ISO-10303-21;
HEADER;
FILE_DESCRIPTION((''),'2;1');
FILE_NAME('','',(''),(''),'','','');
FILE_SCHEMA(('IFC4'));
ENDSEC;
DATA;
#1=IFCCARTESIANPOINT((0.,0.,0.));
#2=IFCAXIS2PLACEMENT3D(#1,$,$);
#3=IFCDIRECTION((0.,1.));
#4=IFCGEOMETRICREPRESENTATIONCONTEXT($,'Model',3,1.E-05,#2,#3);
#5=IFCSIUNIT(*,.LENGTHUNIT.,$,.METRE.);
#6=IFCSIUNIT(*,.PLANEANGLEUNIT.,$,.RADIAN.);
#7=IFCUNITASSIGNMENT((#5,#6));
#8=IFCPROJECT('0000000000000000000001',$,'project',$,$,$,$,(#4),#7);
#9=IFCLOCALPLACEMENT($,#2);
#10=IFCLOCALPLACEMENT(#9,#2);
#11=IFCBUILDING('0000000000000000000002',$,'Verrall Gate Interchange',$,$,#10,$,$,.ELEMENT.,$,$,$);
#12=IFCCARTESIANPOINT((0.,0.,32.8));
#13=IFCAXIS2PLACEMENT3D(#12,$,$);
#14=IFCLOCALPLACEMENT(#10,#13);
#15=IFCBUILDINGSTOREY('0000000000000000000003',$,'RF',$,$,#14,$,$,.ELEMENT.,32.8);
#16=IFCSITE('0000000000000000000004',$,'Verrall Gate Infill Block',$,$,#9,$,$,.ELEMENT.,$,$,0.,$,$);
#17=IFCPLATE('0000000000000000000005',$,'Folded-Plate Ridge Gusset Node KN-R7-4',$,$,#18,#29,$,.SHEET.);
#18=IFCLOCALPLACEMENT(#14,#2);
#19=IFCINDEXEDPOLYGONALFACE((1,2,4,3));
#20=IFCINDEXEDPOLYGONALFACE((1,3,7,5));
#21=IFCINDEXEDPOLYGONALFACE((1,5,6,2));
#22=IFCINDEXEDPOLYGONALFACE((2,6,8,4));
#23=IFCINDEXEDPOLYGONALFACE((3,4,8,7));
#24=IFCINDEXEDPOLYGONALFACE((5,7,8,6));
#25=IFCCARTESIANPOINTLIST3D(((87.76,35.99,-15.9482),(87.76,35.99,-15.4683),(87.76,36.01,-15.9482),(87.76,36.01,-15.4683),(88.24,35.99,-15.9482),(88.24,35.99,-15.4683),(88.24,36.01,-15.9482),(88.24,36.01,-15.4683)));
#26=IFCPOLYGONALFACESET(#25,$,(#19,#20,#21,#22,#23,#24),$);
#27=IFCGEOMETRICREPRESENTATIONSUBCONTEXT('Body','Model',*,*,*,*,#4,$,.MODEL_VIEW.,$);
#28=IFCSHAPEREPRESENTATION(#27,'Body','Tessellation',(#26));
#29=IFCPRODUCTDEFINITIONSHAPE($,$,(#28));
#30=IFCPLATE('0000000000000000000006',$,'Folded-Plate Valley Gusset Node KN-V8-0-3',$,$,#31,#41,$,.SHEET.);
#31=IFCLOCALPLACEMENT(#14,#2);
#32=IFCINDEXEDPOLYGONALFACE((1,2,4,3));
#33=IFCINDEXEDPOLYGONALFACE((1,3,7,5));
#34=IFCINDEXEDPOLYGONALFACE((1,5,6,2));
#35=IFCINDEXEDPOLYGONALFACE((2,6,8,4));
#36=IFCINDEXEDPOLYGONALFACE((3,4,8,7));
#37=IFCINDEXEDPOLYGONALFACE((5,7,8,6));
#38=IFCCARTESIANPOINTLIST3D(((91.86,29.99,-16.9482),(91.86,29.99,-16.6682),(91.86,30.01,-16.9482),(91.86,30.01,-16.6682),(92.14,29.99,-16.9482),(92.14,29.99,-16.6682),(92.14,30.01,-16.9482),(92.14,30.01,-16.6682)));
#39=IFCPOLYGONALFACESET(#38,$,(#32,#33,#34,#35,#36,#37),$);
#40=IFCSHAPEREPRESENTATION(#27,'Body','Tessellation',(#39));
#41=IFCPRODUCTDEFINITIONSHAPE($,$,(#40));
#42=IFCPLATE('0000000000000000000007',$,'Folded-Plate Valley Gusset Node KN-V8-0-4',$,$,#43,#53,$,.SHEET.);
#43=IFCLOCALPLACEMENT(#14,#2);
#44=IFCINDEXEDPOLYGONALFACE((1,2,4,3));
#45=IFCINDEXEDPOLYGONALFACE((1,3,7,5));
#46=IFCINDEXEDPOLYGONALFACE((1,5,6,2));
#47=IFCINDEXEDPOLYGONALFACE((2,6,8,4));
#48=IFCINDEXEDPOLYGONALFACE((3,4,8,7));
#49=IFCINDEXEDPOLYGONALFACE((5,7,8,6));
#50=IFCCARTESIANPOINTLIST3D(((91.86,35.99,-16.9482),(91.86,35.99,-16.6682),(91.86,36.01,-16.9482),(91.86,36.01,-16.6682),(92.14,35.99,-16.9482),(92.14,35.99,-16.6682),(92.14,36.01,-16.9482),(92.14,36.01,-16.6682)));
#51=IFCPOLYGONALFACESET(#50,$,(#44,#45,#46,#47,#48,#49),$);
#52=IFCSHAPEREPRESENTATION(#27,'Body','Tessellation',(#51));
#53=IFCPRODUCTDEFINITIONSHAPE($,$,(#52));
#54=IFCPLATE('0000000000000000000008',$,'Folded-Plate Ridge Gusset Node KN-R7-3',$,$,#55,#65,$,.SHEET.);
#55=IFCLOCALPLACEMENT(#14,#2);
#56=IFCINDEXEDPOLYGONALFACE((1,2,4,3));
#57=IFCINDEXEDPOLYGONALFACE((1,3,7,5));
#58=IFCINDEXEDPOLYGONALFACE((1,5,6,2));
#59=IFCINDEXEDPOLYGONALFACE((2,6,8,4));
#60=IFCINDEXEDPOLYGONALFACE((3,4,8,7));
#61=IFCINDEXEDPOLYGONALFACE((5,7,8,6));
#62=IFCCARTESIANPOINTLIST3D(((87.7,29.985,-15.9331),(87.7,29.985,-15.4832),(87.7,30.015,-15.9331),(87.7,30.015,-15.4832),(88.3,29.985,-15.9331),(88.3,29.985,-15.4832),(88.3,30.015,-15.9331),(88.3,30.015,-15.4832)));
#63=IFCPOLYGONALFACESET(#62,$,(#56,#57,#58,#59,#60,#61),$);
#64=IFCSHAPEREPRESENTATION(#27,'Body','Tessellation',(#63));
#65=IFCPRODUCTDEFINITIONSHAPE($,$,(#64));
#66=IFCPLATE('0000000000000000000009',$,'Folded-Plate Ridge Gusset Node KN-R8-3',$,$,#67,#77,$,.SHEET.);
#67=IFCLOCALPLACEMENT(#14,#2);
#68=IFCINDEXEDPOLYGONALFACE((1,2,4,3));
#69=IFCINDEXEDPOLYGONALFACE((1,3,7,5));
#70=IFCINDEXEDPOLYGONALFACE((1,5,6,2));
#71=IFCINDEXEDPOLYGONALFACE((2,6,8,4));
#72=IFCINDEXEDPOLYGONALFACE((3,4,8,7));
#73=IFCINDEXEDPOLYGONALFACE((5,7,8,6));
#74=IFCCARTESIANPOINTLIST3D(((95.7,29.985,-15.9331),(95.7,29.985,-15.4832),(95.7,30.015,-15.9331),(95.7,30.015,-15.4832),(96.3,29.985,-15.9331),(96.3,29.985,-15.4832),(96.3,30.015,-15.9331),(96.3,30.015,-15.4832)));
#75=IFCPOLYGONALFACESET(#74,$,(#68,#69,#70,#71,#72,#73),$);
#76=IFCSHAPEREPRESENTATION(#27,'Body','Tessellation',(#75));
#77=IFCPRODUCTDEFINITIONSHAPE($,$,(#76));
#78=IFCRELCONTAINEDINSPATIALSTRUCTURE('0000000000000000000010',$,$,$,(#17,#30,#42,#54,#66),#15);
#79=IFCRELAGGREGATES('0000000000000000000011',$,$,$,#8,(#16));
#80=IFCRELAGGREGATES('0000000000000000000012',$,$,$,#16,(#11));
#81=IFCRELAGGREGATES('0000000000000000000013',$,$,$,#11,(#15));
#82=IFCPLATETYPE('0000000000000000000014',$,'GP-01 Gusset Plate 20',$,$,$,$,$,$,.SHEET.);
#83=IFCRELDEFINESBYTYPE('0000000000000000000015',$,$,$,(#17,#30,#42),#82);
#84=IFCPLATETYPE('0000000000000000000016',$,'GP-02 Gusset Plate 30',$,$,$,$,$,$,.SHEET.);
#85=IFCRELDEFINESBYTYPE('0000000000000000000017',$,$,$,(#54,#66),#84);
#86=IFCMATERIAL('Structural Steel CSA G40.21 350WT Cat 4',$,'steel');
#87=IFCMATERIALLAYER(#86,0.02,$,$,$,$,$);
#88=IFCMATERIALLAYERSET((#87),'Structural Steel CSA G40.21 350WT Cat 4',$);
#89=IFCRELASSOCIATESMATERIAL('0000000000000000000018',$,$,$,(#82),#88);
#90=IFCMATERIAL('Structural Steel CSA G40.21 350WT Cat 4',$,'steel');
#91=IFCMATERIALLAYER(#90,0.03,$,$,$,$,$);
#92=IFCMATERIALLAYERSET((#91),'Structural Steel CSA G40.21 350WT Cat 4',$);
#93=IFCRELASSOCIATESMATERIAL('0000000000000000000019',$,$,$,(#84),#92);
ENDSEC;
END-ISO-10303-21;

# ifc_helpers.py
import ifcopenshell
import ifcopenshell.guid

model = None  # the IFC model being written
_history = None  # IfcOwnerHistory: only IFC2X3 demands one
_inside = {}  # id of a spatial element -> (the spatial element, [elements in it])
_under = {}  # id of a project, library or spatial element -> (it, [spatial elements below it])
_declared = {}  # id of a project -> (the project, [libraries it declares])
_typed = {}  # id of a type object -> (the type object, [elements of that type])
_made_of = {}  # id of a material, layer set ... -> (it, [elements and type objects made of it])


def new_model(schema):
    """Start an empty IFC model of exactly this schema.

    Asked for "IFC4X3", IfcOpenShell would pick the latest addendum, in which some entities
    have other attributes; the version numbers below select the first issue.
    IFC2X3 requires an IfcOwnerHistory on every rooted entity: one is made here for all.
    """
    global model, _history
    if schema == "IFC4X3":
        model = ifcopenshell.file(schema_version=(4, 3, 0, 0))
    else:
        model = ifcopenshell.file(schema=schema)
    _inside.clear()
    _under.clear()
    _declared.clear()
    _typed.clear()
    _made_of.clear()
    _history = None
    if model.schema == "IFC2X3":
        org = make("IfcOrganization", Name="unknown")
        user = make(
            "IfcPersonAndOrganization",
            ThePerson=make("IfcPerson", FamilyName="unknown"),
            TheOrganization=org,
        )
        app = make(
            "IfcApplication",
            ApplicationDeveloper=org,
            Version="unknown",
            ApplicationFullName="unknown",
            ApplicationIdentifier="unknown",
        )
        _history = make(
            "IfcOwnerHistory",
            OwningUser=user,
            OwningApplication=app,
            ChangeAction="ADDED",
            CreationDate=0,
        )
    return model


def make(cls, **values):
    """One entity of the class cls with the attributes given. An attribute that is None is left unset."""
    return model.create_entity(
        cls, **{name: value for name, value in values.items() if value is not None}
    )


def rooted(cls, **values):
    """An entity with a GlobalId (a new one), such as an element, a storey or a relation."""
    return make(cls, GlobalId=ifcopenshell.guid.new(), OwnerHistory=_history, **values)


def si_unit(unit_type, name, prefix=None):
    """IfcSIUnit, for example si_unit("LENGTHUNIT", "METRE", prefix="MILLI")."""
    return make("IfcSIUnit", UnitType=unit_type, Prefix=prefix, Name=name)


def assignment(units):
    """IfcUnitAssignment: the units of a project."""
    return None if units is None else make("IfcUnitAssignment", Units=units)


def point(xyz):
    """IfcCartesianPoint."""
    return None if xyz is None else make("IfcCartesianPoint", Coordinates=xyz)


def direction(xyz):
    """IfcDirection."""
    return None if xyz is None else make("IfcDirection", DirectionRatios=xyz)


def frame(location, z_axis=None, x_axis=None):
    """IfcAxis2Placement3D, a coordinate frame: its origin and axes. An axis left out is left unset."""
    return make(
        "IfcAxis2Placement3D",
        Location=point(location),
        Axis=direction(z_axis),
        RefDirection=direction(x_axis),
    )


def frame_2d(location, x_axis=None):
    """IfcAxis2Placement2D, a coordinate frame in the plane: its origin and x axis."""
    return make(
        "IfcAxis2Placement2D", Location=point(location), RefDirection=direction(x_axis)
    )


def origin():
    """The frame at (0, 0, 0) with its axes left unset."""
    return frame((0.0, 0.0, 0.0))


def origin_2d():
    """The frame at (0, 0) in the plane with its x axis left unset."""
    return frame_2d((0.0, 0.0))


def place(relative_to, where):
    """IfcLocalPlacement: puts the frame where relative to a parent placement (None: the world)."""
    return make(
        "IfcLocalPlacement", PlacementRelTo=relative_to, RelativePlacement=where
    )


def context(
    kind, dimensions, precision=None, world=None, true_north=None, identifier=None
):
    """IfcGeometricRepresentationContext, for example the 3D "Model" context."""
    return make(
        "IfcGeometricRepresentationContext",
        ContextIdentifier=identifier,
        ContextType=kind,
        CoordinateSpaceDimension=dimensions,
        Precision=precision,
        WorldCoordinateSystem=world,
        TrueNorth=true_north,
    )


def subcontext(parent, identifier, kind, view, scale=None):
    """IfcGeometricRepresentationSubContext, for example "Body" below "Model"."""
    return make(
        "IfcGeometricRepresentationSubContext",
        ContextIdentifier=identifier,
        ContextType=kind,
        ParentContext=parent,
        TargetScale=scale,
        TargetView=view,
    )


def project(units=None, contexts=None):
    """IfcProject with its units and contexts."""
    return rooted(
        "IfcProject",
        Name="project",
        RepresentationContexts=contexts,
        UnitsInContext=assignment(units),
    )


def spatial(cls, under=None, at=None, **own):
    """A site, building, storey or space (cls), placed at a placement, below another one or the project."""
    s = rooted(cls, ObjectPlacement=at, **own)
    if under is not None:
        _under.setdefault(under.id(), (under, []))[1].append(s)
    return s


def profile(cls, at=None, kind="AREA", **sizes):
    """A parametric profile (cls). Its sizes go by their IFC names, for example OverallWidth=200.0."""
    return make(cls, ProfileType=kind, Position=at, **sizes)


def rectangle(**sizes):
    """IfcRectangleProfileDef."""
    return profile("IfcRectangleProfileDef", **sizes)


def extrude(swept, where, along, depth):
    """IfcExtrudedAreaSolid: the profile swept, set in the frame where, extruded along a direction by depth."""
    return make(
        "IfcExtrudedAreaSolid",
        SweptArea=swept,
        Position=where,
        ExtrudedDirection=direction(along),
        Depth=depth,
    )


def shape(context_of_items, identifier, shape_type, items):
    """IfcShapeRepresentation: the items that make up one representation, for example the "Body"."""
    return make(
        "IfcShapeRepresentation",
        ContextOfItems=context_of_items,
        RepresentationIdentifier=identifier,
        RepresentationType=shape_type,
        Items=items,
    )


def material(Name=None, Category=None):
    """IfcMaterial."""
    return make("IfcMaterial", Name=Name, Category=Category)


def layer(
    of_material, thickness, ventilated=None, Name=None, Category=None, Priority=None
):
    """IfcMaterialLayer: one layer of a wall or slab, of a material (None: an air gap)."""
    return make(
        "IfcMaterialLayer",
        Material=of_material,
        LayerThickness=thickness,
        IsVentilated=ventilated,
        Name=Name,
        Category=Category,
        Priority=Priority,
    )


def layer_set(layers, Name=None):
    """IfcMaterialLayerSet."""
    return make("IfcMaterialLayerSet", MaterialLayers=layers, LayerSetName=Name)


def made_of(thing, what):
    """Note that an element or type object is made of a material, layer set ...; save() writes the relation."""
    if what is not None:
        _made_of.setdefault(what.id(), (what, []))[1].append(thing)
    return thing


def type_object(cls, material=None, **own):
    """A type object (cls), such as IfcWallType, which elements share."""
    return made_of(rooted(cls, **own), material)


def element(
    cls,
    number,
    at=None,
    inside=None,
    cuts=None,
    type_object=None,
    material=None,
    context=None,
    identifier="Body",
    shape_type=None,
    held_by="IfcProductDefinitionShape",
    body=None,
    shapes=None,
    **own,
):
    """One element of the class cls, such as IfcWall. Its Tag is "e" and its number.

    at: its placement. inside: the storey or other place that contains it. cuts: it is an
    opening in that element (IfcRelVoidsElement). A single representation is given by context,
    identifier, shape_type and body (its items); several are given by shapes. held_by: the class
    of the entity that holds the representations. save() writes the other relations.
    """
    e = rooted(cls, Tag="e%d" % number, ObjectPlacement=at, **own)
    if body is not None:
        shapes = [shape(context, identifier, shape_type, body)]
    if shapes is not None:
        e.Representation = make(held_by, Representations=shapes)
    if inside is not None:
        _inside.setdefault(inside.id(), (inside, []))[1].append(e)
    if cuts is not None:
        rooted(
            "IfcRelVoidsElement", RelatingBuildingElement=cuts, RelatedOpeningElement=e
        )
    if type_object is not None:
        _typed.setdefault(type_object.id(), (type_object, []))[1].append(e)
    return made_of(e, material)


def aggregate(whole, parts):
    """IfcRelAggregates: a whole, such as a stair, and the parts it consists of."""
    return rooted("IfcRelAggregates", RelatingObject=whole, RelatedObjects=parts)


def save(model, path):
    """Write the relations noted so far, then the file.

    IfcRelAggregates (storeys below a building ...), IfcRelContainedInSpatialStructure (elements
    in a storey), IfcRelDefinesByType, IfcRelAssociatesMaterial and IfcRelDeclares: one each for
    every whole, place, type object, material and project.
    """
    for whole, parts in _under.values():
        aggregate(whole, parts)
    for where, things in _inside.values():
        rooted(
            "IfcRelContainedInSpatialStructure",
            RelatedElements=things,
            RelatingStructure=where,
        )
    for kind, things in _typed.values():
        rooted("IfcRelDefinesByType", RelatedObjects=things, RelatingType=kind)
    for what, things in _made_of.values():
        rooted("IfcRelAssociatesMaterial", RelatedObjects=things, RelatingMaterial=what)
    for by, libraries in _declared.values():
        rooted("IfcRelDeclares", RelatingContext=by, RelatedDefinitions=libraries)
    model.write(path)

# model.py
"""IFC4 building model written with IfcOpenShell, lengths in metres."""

from ifc_helpers import new_model, si_unit, direction, frame, origin, origin_2d, place, context, subcontext, project, spatial, rectangle, extrude, material, layer, layer_set, type_object, element, save


model = new_model("IFC4")

# Units and contexts
model_context = context("Model", 3, precision=1e-05, world=origin(), true_north=direction((0.0, 1.0)))
body_context = subcontext(model_context, "Body", "Model", "MODEL_VIEW")
ifc_project = project(units=[si_unit("LENGTHUNIT", "METRE"), si_unit("PLANEANGLEUNIT", "RADIAN")], contexts=[model_context])

# Site, building, storey
site_placement = place(None, origin())
site = spatial("IfcSite", under=ifc_project, at=site_placement, Name="Verrall Gate Infill Block", CompositionType="ELEMENT", RefElevation=0.0)
building_placement = place(site_placement, origin())
building = spatial("IfcBuilding", under=site, at=building_placement, Name="Verrall Gate Interchange", CompositionType="ELEMENT")
storey_placement = place(building_placement, frame((0.0, 0.0, 32.8)))
storey = spatial("IfcBuildingStorey", under=building, at=storey_placement, Name="RF", CompositionType="ELEMENT", Elevation=32.8)

# Plates
ifc_material_1 = material(Name="Structural Steel CSA G40.21 350WT Cat 4", Category="steel")
ifc_layer_1 = layer(ifc_material_1, 0.02)
ifc_layer_set_1 = layer_set([ifc_layer_1], Name="Structural Steel CSA G40.21 350WT Cat 4")
plate_type_1 = type_object("IfcPlateType", Name="GP-01 Gusset Plate 20", PredefinedType="SHEET", material=ifc_layer_set_1)
plate_placement = place(storey_placement, frame((88.0, 36.0, -15.9482), z_axis=(0.0, 0.0, 1.0), x_axis=(1.0, 0.0, 0.0)))
element("IfcPlate", 1, at=plate_placement, inside=storey, type_object=plate_type_1, Name="Folded-Plate Ridge Gusset Node KN-R7-4", PredefinedType="SHEET", context=body_context, shape_type="SweptSolid", body=[
    extrude(rectangle(XDim=0.48, YDim=0.02, at=origin_2d()), origin(), (0.0, 0.0, 1.0), 0.48),
])
for number, where, z_axis, x_axis, name in (
    (2, (92.0, 30.0, -16.9482), (0.0, 0.0, 1.0), (1.0, 0.0, 0.0), "Folded-Plate Valley Gusset Node KN-V8-0-3"),
    (3, (92.0, 36.0, -16.9482), (0.0, 0.0, 1.0), (1.0, 0.0, 0.0), "Folded-Plate Valley Gusset Node KN-V8-0-4"),
):
    element("IfcPlate", number, at=place(storey_placement, frame(where, z_axis=z_axis, x_axis=x_axis)), inside=storey, type_object=plate_type_1, Name=name, PredefinedType="SHEET", context=body_context, shape_type="SweptSolid", body=[
        extrude(rectangle(XDim=0.28, YDim=0.02, at=origin_2d()), origin(), (0.0, 0.0, 1.0), 0.28),
    ])
ifc_material_2 = material(Name="Structural Steel CSA G40.21 350WT Cat 4", Category="steel")
ifc_layer_2 = layer(ifc_material_2, 0.03)
ifc_layer_set_2 = layer_set([ifc_layer_2], Name="Structural Steel CSA G40.21 350WT Cat 4")
plate_type_2 = type_object("IfcPlateType", Name="GP-02 Gusset Plate 30", PredefinedType="SHEET", material=ifc_layer_set_2)
for number, where, z_axis, x_axis, name in (
    (4, (88.0, 30.0, -15.9331), (0.0, 0.0, 1.0), (1.0, 0.0, 0.0), "Folded-Plate Ridge Gusset Node KN-R7-3"),
    (5, (96.0, 30.0, -15.9331), (0.0, 0.0, 1.0), (1.0, 0.0, 0.0), "Folded-Plate Ridge Gusset Node KN-R8-3"),
):
    element("IfcPlate", number, at=place(storey_placement, frame(where, z_axis=z_axis, x_axis=x_axis)), inside=storey, type_object=plate_type_2, Name=name, PredefinedType="SHEET", context=body_context, shape_type="SweptSolid", body=[
        extrude(rectangle(XDim=0.6001, YDim=0.03, at=origin_2d()), origin(), (0.0, 0.0, 1.0), 0.45),
    ])

save(model, "model.ifc")
